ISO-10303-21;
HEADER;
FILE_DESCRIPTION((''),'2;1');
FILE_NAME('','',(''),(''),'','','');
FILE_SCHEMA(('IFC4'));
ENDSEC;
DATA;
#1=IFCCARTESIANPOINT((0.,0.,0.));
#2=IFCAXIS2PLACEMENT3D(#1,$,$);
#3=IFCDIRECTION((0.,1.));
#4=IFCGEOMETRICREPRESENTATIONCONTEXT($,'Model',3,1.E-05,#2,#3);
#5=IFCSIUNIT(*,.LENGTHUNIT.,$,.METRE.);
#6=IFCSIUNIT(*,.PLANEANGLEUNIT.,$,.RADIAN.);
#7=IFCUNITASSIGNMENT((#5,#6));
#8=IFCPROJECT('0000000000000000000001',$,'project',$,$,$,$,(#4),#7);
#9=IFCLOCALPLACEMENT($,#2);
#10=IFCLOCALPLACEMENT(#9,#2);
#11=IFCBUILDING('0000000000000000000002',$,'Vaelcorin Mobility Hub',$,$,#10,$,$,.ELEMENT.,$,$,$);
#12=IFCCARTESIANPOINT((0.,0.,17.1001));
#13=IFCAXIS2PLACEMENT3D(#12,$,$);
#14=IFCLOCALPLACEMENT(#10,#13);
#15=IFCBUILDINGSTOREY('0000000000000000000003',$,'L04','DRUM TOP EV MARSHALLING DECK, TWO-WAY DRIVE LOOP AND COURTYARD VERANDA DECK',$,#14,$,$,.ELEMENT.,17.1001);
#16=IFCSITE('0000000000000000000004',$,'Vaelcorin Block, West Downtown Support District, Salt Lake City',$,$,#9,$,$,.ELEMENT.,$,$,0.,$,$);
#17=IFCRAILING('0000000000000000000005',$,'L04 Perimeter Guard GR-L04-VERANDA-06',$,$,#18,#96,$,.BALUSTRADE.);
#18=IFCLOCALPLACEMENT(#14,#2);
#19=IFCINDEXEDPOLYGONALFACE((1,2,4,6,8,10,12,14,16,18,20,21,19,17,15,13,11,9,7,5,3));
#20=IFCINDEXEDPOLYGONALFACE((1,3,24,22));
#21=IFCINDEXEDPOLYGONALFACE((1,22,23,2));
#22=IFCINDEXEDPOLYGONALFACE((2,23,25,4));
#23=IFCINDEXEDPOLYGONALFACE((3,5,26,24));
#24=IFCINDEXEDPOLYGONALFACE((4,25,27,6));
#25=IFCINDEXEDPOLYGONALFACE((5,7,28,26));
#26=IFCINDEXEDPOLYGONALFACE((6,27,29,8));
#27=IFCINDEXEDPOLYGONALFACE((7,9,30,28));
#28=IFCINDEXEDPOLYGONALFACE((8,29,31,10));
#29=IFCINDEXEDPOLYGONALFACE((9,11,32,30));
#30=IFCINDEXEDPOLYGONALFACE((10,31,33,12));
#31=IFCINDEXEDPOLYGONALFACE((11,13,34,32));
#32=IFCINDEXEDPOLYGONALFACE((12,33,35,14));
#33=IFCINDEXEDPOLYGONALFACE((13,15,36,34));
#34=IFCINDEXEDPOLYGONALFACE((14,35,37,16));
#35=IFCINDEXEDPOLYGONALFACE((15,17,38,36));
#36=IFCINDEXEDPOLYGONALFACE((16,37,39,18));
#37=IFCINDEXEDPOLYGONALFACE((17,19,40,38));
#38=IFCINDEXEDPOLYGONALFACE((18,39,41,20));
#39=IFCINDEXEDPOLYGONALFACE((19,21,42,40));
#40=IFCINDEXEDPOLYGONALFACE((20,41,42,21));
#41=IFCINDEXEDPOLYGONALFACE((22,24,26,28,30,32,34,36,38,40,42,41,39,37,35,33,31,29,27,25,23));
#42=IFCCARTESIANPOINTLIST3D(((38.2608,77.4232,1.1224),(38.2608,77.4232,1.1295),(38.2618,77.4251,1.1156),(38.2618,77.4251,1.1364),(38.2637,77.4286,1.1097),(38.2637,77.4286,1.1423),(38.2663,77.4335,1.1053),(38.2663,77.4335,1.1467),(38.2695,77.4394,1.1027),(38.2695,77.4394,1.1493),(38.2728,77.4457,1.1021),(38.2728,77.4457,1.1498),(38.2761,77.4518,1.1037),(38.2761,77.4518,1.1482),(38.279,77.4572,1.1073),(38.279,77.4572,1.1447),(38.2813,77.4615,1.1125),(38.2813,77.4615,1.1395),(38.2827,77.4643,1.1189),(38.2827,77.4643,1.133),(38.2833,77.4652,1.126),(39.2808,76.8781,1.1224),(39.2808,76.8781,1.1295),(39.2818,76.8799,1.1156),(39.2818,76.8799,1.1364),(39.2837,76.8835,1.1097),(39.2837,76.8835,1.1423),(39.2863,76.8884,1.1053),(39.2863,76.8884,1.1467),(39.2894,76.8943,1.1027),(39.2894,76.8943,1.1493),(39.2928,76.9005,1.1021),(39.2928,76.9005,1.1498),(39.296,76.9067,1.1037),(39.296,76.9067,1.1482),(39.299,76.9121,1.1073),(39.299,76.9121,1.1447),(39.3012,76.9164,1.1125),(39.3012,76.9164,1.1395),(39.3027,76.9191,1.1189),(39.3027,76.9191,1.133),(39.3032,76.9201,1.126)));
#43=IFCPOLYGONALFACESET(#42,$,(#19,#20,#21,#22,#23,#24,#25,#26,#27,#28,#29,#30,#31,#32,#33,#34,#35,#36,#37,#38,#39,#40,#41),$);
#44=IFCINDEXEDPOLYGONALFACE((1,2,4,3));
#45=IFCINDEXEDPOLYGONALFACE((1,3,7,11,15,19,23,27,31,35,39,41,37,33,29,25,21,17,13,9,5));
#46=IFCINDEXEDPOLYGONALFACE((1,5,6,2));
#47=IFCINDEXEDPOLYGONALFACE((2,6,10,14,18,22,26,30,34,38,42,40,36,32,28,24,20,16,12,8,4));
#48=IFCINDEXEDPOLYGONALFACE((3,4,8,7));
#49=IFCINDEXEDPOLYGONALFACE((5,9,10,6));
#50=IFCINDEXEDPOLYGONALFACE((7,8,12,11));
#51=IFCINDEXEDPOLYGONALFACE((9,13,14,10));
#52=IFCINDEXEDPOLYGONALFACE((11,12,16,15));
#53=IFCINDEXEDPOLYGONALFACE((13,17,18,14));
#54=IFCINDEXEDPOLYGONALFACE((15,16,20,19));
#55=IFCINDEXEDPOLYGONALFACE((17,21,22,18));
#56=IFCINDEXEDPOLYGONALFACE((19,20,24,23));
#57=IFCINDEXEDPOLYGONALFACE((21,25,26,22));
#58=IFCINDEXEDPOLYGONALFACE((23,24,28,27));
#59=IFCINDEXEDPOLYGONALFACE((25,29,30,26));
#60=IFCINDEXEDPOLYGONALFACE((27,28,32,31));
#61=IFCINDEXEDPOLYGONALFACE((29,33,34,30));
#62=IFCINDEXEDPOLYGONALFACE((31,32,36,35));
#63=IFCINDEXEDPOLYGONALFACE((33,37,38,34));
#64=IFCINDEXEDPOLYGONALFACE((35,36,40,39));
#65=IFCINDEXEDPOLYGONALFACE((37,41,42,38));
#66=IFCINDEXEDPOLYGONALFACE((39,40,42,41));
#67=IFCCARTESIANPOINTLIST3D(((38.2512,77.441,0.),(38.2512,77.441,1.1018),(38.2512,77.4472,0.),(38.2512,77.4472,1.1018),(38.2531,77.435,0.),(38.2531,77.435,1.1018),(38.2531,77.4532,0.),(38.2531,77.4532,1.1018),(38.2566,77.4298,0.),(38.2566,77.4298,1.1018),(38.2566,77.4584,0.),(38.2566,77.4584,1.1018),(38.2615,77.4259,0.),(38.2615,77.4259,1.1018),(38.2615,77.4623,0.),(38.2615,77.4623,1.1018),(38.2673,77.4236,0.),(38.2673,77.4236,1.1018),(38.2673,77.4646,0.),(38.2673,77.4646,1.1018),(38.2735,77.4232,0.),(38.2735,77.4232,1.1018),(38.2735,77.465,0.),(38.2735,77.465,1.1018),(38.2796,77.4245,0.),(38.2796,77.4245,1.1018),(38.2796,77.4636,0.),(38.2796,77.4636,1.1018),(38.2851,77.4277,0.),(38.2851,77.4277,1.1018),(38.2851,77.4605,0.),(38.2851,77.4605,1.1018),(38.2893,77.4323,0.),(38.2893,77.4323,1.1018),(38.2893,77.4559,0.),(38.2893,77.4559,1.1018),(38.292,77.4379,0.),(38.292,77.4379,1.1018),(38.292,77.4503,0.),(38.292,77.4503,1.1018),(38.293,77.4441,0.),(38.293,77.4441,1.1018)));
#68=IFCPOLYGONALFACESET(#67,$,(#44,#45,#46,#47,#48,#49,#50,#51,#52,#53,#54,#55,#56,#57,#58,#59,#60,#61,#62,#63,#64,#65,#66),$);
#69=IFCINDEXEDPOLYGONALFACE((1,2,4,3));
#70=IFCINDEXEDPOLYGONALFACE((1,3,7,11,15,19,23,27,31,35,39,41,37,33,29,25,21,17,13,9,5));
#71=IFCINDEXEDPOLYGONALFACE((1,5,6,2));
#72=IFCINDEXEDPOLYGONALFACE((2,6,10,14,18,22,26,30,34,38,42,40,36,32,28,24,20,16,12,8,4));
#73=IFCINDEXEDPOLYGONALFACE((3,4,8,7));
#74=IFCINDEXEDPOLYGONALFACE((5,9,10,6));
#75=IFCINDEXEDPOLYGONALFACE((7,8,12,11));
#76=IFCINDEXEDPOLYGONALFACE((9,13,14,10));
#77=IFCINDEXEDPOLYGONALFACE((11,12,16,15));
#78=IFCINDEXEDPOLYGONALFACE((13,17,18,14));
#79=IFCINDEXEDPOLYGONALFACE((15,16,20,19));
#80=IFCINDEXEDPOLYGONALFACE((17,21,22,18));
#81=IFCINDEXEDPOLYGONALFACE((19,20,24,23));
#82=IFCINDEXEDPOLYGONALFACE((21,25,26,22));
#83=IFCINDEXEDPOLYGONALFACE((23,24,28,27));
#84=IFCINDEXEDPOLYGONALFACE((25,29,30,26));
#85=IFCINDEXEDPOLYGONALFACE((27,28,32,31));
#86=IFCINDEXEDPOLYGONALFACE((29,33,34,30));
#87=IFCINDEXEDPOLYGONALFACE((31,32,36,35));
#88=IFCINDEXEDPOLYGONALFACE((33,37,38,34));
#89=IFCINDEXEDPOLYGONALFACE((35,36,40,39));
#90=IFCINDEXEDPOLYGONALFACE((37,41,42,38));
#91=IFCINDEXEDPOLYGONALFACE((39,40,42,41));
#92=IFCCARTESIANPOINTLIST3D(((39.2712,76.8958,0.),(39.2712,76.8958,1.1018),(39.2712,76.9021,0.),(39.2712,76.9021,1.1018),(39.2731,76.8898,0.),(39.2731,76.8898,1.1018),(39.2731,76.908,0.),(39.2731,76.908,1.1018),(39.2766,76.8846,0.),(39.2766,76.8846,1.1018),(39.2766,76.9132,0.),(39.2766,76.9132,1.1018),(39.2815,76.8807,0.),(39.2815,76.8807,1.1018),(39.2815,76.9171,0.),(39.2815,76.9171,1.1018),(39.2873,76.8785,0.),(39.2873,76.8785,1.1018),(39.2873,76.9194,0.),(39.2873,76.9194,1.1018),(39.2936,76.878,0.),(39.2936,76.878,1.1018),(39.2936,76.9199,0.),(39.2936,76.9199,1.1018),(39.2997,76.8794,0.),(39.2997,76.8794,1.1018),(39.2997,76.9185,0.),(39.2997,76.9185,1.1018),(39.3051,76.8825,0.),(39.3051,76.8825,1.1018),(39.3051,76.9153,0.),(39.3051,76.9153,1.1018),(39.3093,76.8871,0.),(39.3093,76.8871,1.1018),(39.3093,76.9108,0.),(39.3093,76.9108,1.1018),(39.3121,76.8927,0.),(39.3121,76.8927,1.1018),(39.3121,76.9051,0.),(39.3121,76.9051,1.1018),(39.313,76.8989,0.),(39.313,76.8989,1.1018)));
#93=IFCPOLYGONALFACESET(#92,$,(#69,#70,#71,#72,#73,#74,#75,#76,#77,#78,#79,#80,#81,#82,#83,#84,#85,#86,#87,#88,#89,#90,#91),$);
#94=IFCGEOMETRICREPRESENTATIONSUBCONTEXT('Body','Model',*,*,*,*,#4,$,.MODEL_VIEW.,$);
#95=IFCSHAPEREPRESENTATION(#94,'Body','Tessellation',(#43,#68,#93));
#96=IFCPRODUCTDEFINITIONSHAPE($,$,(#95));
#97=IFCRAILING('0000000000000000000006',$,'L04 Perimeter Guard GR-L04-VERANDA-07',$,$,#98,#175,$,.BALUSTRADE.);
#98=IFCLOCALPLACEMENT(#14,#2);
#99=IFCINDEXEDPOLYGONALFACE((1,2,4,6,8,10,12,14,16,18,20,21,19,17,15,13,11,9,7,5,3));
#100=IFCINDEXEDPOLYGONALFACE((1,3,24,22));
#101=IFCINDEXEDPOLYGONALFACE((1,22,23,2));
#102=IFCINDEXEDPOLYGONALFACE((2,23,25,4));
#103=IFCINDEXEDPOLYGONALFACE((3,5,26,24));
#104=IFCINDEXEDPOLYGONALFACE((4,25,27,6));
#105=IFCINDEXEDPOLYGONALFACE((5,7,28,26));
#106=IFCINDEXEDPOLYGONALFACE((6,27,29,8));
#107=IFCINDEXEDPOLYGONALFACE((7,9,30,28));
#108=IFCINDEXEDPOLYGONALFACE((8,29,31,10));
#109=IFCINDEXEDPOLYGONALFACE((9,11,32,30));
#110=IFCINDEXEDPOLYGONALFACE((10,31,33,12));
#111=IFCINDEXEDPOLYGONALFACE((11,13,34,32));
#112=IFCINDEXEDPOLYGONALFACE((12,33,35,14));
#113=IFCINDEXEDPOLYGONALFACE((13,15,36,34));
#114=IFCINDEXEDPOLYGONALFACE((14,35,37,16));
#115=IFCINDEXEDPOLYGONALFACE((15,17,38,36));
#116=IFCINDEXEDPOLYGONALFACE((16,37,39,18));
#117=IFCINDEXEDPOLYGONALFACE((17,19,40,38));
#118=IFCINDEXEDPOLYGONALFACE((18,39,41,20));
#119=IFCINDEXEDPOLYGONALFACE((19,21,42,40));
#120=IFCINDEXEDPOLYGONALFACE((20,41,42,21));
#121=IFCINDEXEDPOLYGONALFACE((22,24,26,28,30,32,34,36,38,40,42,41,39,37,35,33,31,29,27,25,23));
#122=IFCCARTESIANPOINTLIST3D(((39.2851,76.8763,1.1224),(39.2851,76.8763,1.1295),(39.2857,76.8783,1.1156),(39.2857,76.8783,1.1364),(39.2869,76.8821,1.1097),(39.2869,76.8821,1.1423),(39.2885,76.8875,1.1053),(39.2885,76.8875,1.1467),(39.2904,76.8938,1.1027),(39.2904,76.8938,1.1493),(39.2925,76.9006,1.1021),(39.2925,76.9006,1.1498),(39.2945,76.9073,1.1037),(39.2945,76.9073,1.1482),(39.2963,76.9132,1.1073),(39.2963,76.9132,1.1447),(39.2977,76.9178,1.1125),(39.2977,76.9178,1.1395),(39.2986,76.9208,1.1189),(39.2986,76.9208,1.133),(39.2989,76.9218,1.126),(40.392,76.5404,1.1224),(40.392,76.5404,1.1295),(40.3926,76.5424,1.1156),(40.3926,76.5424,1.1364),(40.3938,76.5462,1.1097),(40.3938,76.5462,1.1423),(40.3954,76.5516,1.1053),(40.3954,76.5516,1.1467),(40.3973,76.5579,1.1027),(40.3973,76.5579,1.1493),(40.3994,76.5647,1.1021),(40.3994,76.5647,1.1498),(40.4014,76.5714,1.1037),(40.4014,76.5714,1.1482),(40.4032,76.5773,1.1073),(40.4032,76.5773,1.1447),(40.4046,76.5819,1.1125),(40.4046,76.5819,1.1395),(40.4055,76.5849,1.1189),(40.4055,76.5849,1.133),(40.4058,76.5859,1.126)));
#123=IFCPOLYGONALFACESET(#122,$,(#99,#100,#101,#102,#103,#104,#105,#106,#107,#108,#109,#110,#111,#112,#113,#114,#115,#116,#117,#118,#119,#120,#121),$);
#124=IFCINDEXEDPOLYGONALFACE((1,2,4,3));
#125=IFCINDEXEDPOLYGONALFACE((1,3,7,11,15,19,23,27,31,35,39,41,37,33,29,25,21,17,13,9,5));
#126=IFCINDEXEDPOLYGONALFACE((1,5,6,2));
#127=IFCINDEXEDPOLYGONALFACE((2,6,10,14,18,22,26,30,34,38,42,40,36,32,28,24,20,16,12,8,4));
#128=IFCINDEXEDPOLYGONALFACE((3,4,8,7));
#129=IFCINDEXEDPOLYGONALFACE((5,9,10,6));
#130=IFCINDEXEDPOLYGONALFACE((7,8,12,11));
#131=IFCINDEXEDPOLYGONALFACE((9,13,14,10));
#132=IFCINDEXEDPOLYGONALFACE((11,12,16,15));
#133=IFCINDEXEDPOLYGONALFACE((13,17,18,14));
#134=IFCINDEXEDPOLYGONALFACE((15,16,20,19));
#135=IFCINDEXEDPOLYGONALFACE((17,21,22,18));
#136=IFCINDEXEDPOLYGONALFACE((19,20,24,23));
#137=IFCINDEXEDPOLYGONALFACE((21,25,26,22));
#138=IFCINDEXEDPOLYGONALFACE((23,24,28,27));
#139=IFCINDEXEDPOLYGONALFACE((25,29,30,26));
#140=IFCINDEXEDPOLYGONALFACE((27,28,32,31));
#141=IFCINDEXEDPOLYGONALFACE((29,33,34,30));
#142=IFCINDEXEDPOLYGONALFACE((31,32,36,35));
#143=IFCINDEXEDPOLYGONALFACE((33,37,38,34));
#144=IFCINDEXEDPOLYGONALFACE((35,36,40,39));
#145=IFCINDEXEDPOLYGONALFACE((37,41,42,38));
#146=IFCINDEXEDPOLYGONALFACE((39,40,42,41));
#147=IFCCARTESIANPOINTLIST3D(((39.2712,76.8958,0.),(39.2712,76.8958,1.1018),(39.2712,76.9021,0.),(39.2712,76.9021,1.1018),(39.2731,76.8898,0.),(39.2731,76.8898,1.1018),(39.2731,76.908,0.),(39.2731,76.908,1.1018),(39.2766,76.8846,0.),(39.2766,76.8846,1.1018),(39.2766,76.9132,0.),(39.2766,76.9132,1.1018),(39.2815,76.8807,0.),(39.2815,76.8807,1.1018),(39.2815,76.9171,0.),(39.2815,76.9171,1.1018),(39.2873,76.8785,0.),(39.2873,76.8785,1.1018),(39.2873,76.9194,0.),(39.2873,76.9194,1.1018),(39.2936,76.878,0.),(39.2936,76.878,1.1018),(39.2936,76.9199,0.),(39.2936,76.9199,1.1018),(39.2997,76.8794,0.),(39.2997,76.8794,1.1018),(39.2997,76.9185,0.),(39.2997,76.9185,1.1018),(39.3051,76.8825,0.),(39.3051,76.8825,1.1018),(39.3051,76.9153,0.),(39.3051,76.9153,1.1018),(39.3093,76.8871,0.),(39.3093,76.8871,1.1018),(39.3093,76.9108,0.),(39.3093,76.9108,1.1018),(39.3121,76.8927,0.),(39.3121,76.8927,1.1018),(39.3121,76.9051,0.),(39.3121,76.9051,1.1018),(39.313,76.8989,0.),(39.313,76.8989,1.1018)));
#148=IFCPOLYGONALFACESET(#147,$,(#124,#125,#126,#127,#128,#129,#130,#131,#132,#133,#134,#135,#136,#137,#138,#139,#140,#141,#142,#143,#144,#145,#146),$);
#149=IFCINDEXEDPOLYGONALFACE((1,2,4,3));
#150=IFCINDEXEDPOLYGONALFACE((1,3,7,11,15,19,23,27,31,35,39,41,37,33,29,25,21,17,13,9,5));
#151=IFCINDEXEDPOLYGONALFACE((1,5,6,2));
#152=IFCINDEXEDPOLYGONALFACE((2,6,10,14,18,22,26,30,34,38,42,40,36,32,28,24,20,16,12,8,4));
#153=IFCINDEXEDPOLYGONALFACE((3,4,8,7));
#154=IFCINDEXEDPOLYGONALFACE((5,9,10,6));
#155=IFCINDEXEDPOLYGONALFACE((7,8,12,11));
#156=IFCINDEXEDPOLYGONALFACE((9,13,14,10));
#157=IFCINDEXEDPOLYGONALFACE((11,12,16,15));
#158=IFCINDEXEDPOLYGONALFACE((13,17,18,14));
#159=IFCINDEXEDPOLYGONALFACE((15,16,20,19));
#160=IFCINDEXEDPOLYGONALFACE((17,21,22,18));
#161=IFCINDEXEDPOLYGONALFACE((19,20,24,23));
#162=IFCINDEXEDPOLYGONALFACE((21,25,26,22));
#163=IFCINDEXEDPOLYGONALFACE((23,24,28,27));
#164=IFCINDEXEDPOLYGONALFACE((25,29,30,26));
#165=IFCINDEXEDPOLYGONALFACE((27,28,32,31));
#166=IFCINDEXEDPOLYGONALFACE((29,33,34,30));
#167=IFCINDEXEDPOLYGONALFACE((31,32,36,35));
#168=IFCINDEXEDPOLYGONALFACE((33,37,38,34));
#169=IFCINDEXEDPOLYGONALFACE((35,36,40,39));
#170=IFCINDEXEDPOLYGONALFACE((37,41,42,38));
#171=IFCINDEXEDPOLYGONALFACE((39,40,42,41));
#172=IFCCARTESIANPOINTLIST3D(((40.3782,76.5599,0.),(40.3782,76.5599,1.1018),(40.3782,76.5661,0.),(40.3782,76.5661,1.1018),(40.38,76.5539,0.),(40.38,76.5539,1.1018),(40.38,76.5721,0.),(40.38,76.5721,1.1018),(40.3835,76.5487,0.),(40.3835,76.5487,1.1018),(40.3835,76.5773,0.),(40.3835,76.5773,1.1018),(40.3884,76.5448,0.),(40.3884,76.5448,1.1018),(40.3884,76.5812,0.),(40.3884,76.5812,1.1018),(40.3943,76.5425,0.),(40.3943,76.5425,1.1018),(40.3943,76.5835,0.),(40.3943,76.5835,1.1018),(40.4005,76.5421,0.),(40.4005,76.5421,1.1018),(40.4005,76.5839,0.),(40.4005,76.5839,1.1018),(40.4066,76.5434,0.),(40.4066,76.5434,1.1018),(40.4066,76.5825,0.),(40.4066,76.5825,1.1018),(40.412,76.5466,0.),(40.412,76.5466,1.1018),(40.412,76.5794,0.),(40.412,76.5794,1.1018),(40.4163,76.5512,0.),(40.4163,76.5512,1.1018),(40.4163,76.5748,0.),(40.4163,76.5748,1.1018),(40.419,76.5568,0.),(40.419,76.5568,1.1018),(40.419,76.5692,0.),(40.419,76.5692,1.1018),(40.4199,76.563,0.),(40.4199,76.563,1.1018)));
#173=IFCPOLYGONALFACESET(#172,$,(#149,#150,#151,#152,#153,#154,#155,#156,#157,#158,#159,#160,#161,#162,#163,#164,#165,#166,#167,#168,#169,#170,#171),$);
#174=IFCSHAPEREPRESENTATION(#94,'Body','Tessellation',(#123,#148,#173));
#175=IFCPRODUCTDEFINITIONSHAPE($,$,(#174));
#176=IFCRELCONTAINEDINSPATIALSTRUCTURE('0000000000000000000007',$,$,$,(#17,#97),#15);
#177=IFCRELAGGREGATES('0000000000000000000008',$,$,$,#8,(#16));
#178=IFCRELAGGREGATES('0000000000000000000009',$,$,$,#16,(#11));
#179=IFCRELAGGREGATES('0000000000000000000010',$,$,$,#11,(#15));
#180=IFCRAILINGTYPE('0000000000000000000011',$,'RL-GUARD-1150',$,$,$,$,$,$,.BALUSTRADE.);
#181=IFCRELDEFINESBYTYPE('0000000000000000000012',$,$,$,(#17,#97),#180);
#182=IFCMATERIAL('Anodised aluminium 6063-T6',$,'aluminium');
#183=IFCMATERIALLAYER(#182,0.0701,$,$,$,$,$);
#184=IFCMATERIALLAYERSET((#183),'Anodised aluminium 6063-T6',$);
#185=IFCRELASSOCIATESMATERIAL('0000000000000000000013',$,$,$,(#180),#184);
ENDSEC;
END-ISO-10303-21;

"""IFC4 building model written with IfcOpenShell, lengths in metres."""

from ifc_helpers import new_model, si_unit, direction, frame, origin, origin_2d, place, context, subcontext, project, spatial, circle, extrude, material, layer, layer_set, type_object, element, save


model = new_model("IFC4")

# Units and contexts
model_context = context("Model", 3, precision=1e-05, world=origin(), true_north=direction((0.0, 1.0)))
body_context = subcontext(model_context, "Body", "Model", "MODEL_VIEW")
ifc_project = project(units=[si_unit("LENGTHUNIT", "METRE"), si_unit("PLANEANGLEUNIT", "RADIAN")], contexts=[model_context])

# Site, building, storey
site_placement = place(None, origin())
site = spatial("IfcSite", under=ifc_project, at=site_placement, Name="Vaelcorin Block, West Downtown Support District, Salt Lake City", CompositionType="ELEMENT", RefElevation=0.0)
building_placement = place(site_placement, origin())
building = spatial("IfcBuilding", under=site, at=building_placement, Name="Vaelcorin Mobility Hub", CompositionType="ELEMENT")
storey_placement = place(building_placement, frame((0.0, 0.0, 17.1001)))
storey = spatial("IfcBuildingStorey", under=building, at=storey_placement, Name="L04", Description="DRUM TOP EV MARSHALLING DECK, TWO-WAY DRIVE LOOP AND COURTYARD VERANDA DECK", CompositionType="ELEMENT", Elevation=17.1001)

# Railings
ifc_material_1 = material(Name="Anodised aluminium 6063-T6", Category="aluminium")
ifc_layer_1 = layer(ifc_material_1, 0.0701)
ifc_layer_set_1 = layer_set([ifc_layer_1], Name="Anodised aluminium 6063-T6")
railing_type_1 = type_object("IfcRailingType", Name="RL-GUARD-1150", PredefinedType="BALUSTRADE", material=ifc_layer_set_1)
railing_1_placement = place(storey_placement, frame((38.272, 77.4441, 0.0)))
element("IfcRailing", 1, at=railing_1_placement, inside=storey, type_object=railing_type_1, Name="L04 Perimeter Guard GR-L04-VERANDA-06", PredefinedType="BALUSTRADE", context=body_context, shape_type="SweptSolid", body=[
    extrude(circle(Radius=0.0239, at=origin_2d()), frame((0.0, 0.0, 1.126), z_axis=(0.881938, -0.471366, 0.0), x_axis=(0.471366, 0.881938, 0.0)), (0.0, 0.0, 1.0), 1.1565),
    extrude(circle(Radius=0.021, at=origin_2d()), origin(), (0.0, 0.0, 1.0), 1.1018),
    extrude(circle(Radius=0.021, at=origin_2d()), frame((1.02, -0.5452, 0.0)), (0.0, 0.0, 1.0), 1.1018),
])
railing_2_placement = place(storey_placement, frame((39.292, 76.8989, 0.0)))
element("IfcRailing", 2, at=railing_2_placement, inside=storey, type_object=railing_type_1, Name="L04 Perimeter Guard GR-L04-VERANDA-07", PredefinedType="BALUSTRADE", context=body_context, shape_type="SweptSolid", body=[
    extrude(circle(Radius=0.0239, at=origin_2d()), frame((0.0, 0.0, 1.126), z_axis=(0.956904, -0.290406, 0.0), x_axis=(0.290406, 0.956904, 0.0)), (0.0, 0.0, 1.0), 1.1567),
    extrude(circle(Radius=0.021, at=origin_2d()), origin(), (0.0, 0.0, 1.0), 1.1018),
    extrude(circle(Radius=0.021, at=origin_2d()), frame((1.1069, -0.3359, 0.0)), (0.0, 0.0, 1.0), 1.1018),
])

save(model, "model.ifc")
